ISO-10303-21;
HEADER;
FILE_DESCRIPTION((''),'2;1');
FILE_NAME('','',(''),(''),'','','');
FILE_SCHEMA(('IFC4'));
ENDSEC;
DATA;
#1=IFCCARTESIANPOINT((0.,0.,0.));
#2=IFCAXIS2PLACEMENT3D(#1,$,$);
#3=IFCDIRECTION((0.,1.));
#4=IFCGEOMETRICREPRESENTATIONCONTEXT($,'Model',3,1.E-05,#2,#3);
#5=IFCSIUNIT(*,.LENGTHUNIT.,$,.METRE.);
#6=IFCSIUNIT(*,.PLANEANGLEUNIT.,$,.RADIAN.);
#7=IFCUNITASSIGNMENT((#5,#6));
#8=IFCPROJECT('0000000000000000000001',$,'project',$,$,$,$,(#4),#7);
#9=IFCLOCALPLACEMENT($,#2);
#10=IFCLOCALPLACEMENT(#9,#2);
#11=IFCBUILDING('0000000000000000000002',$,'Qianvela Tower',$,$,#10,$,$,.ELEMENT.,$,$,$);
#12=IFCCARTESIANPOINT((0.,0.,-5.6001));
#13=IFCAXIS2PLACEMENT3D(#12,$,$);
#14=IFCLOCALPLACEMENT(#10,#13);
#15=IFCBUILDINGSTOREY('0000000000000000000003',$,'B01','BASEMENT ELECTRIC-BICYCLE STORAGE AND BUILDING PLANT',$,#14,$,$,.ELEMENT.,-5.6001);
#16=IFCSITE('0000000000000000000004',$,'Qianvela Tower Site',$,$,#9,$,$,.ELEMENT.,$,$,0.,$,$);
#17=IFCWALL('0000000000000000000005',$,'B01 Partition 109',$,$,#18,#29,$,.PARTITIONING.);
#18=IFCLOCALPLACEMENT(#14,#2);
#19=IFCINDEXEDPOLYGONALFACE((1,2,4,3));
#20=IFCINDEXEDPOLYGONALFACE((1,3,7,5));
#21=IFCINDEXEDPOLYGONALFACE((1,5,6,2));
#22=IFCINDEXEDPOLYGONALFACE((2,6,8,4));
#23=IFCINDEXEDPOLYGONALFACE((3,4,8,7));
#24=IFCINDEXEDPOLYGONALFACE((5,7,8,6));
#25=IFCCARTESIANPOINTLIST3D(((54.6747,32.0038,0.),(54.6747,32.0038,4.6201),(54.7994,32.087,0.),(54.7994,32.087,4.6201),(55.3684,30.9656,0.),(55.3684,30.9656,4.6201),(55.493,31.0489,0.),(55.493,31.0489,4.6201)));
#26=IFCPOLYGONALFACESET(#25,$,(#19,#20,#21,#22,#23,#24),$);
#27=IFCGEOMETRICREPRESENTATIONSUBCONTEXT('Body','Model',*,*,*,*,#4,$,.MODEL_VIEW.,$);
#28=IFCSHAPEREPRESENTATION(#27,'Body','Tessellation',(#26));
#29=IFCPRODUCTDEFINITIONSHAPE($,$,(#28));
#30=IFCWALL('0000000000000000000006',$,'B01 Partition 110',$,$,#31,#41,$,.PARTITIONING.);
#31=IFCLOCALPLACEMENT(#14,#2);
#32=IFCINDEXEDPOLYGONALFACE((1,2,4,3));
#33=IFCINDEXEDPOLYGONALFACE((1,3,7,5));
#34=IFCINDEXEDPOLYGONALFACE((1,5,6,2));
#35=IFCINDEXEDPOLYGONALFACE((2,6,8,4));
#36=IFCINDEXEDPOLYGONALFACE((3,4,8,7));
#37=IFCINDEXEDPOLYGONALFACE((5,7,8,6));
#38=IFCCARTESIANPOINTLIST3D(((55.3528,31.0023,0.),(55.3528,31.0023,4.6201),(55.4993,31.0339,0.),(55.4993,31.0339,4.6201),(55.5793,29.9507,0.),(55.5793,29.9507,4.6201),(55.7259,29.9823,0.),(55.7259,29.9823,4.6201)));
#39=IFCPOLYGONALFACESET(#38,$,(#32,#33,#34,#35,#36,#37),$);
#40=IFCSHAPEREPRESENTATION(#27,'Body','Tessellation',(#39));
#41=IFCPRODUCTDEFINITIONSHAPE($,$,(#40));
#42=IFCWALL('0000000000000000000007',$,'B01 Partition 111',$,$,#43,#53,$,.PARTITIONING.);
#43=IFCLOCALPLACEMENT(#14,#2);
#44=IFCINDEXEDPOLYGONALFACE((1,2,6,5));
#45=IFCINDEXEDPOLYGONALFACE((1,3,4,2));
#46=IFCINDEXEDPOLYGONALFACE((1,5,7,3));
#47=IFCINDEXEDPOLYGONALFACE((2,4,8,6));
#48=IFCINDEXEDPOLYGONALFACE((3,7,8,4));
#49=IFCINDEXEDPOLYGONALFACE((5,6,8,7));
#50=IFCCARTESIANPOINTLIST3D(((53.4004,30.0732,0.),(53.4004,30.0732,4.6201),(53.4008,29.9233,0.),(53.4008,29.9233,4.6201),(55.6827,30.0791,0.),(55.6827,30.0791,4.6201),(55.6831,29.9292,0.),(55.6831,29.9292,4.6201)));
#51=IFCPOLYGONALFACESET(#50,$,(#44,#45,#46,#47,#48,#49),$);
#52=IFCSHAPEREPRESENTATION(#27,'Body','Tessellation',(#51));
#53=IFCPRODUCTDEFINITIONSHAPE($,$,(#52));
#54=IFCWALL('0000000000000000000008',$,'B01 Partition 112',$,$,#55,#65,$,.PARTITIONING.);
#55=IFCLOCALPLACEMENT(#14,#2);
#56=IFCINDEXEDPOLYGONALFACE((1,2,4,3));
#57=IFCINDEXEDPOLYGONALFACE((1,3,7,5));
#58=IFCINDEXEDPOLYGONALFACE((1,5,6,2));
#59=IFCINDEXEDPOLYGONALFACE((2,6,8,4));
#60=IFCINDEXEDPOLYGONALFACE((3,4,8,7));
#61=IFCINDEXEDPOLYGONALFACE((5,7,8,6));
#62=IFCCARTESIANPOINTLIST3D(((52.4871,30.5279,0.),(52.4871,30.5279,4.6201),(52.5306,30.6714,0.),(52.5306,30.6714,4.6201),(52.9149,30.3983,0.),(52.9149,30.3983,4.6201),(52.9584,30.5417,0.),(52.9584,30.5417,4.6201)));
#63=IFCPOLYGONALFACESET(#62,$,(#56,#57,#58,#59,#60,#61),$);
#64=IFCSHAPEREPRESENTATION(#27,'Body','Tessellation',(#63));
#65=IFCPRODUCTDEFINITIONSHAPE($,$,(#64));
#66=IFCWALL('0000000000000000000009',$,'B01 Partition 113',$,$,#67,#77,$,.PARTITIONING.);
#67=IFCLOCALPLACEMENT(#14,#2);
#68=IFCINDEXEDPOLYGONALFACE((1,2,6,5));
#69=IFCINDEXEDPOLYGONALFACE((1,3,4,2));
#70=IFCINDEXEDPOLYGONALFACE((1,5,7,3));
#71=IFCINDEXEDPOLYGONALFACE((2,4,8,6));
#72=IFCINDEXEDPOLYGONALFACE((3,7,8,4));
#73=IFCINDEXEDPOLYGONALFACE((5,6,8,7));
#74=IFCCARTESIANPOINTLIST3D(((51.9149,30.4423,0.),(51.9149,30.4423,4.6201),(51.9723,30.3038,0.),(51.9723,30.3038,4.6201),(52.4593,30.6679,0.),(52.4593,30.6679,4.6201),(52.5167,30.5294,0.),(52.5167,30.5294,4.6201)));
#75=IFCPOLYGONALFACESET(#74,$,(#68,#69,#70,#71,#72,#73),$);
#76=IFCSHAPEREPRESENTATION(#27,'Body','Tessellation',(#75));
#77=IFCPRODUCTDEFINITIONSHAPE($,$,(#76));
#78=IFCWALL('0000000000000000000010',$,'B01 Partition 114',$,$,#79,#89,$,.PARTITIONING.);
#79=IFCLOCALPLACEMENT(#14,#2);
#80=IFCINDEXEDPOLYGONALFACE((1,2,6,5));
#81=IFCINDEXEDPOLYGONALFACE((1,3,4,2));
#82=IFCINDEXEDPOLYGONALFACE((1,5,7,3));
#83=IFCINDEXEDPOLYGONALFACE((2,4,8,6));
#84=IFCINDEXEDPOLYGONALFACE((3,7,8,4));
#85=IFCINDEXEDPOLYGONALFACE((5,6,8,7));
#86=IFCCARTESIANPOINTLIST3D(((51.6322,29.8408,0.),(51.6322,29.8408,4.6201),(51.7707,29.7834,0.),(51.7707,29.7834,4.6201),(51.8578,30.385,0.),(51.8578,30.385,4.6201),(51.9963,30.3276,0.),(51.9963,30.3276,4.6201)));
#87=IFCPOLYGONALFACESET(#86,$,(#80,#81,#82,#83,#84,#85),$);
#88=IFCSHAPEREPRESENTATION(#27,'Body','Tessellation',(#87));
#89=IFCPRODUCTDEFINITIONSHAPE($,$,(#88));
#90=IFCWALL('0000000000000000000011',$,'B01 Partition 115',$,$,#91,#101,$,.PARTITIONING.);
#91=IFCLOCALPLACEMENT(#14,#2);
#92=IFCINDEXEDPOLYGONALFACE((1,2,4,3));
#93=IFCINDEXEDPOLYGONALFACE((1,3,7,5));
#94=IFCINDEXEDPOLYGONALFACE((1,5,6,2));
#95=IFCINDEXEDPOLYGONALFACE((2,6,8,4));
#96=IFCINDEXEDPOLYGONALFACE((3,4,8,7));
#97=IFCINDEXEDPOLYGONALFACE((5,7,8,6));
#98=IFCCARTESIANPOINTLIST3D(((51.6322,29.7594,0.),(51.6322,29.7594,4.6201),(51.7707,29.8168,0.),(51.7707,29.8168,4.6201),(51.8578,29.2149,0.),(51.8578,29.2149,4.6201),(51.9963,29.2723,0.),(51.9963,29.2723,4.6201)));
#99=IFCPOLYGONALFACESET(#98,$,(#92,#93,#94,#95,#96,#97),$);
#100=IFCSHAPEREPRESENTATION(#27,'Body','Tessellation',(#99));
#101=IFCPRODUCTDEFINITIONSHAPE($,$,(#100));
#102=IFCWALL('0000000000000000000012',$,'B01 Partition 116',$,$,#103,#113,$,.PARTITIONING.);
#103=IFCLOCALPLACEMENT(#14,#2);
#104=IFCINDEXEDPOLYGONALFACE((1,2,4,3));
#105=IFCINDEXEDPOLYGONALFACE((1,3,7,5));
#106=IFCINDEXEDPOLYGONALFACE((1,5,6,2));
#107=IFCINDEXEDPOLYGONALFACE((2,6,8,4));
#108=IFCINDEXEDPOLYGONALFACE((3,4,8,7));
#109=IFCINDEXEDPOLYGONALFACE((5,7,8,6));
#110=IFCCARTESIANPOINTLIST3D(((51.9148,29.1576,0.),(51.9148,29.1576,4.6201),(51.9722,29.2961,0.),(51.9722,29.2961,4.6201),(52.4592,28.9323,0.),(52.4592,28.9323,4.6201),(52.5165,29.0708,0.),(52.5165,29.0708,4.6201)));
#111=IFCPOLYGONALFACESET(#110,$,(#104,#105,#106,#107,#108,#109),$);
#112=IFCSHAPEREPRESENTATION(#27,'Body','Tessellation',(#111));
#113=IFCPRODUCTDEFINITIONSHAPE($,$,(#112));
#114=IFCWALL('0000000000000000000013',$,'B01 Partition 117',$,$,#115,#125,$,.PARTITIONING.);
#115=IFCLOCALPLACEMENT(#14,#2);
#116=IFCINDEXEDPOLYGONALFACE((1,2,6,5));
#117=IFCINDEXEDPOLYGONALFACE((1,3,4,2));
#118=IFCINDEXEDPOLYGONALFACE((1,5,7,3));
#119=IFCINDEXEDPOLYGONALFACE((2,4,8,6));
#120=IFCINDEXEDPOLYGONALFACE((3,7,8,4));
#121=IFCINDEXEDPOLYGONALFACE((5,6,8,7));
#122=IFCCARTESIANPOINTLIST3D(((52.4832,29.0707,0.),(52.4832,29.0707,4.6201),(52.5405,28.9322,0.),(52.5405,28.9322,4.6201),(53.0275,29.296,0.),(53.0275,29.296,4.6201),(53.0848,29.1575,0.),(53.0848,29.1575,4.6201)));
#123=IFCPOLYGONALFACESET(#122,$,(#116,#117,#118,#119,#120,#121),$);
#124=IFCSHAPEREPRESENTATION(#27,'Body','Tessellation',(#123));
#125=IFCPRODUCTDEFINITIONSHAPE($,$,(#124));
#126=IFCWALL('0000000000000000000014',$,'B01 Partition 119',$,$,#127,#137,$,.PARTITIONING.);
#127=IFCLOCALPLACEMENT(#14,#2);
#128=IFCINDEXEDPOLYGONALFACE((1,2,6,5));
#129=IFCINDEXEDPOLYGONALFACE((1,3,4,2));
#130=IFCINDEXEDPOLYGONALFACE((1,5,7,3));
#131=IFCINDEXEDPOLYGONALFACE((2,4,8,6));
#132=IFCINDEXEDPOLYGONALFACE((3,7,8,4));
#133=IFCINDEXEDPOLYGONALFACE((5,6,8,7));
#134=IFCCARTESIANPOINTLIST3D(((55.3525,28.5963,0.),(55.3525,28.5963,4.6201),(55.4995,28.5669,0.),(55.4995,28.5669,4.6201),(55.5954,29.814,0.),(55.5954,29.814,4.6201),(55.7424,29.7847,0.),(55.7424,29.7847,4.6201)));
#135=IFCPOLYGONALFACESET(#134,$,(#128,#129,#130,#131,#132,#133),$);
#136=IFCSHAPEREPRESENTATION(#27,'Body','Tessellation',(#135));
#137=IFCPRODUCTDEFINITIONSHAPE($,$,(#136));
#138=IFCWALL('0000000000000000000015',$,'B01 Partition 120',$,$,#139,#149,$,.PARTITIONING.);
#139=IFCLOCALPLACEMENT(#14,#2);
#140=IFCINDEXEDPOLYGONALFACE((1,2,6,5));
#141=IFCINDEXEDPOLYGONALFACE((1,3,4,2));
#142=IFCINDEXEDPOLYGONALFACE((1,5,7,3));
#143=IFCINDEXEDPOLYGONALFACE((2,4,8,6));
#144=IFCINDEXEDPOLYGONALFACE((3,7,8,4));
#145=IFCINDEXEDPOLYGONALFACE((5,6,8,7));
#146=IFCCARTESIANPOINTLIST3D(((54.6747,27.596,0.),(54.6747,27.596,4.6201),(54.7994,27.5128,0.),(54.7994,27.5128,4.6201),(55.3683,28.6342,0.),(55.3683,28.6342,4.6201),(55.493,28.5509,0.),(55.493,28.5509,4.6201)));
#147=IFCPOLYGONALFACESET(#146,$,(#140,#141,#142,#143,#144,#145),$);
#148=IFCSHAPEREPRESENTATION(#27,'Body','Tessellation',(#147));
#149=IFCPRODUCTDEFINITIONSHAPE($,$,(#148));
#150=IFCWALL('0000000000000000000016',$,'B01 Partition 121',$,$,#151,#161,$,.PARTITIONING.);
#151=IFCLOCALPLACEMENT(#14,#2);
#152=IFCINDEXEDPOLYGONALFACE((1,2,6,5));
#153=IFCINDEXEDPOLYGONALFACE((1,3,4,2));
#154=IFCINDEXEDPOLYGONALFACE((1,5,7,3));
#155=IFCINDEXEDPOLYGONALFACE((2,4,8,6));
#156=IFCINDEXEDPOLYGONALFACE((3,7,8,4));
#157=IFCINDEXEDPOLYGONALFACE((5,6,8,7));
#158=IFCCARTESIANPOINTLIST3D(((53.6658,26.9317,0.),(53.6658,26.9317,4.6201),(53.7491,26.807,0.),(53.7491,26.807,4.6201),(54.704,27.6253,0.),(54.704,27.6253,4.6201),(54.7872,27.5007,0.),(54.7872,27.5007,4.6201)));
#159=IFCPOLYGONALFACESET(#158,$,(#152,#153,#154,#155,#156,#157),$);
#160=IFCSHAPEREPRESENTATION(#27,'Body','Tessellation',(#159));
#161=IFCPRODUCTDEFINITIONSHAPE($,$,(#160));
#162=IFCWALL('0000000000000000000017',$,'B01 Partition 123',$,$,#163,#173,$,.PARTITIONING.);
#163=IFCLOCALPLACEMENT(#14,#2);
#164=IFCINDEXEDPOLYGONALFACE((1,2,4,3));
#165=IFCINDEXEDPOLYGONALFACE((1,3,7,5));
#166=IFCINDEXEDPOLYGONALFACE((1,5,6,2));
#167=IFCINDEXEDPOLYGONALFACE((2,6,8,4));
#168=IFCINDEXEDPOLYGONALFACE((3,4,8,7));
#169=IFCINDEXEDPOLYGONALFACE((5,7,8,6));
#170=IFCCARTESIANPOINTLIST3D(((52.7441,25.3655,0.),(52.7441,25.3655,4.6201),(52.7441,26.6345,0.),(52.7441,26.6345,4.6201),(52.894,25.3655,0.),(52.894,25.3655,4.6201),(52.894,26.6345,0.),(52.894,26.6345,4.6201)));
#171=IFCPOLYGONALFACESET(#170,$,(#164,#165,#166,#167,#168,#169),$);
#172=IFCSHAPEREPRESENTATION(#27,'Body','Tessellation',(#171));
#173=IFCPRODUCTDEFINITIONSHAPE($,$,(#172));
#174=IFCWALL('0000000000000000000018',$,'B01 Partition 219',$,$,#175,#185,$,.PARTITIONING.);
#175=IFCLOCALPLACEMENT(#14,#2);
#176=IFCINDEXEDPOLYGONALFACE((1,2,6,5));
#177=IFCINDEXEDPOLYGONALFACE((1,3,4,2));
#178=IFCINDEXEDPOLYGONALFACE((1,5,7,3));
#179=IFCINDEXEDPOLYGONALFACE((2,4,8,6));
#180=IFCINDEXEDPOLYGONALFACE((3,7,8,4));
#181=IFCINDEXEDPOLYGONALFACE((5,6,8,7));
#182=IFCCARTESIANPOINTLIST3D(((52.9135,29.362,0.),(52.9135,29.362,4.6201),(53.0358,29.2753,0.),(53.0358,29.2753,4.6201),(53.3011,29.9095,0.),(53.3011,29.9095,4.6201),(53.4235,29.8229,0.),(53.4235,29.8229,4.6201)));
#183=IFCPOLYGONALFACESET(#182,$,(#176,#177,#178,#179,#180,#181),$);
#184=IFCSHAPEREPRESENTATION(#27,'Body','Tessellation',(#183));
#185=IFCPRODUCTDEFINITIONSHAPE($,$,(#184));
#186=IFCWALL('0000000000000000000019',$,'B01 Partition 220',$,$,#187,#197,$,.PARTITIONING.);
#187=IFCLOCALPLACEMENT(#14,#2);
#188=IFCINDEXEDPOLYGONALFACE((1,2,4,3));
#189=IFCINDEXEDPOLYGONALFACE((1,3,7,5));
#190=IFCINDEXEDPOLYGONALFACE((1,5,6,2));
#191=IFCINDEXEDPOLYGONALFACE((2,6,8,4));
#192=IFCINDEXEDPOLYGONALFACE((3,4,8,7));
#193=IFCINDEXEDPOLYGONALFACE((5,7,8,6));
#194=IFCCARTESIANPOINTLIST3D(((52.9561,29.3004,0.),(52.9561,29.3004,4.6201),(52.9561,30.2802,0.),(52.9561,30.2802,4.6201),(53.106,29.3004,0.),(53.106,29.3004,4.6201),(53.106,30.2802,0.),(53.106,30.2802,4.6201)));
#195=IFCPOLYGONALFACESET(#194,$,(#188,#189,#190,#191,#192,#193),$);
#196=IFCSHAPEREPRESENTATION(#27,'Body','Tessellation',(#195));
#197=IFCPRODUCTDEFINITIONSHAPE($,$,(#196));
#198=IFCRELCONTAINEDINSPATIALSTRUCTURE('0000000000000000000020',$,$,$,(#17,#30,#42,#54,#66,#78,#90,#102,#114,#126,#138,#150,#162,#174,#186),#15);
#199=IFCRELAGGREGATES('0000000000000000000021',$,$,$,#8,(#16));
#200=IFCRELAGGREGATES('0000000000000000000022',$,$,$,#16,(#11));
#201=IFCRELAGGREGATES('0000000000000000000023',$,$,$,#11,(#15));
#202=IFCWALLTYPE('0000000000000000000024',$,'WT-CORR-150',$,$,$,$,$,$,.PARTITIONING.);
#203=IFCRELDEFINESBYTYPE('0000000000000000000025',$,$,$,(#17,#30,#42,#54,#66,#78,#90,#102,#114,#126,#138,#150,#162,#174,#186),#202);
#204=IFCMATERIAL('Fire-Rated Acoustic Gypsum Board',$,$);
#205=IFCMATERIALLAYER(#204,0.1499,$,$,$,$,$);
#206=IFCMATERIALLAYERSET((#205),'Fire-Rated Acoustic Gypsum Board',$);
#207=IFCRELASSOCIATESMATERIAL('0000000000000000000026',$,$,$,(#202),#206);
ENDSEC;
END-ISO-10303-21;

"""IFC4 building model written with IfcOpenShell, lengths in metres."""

from ifc_helpers import new_model, si_unit, direction, frame, frame_2d, origin, place, context, subcontext, project, spatial, rectangle, extrude, material, layer, layer_set, type_object, element, save


model = new_model("IFC4")

# Units and contexts
model_context = context("Model", 3, precision=1e-05, world=origin(), true_north=direction((0.0, 1.0)))
body_context = subcontext(model_context, "Body", "Model", "MODEL_VIEW")
ifc_project = project(units=[si_unit("LENGTHUNIT", "METRE"), si_unit("PLANEANGLEUNIT", "RADIAN")], contexts=[model_context])

# Site, building, storey
site_placement = place(None, origin())
site = spatial("IfcSite", under=ifc_project, at=site_placement, Name="Qianvela Tower Site", CompositionType="ELEMENT", RefElevation=0.0)
building_placement = place(site_placement, origin())
building = spatial("IfcBuilding", under=site, at=building_placement, Name="Qianvela Tower", CompositionType="ELEMENT")
storey_placement = place(building_placement, frame((0.0, 0.0, -5.6001)))
storey = spatial("IfcBuildingStorey", under=building, at=storey_placement, Name="B01", Description="BASEMENT ELECTRIC-BICYCLE STORAGE AND BUILDING PLANT", CompositionType="ELEMENT", Elevation=-5.6001)

# Walls
ifc_material_1 = material(Name="Fire-Rated Acoustic Gypsum Board")
ifc_layer = layer(ifc_material_1, 0.1499)
ifc_layer_set = layer_set([ifc_layer], Name="Fire-Rated Acoustic Gypsum Board")
wall_type = type_object("IfcWallType", Name="WT-CORR-150", PredefinedType="PARTITIONING", material=ifc_layer_set)
wall_1_placement = place(storey_placement, frame((54.7371, 32.0454, 0.0), z_axis=(0.0, 0.0, 1.0), x_axis=(0.555557, -0.831478, 0.0)))
element("IfcWall", 1, at=wall_1_placement, inside=storey, type_object=wall_type, Name="B01 Partition 109", PredefinedType="PARTITIONING", context=body_context, shape_type="SweptSolid", body=[
    extrude(rectangle(XDim=1.2485, YDim=0.1499, at=frame_2d((0.6243, 0.0))), origin(), (0.0, 0.0, 1.0), 4.6201),
])
wall_2_placement = place(storey_placement, frame((55.426, 31.0181, 0.0), z_axis=(0.0, 0.0, 1.0), x_axis=(0.210629, -0.977566, 0.0)))
element("IfcWall", 2, at=wall_2_placement, inside=storey, type_object=wall_type, Name="B01 Partition 110", PredefinedType="PARTITIONING", context=body_context, shape_type="SweptSolid", body=[
    extrude(rectangle(XDim=1.0757, YDim=0.1499, at=frame_2d((0.5378, 0.0))), origin(), (0.0, 0.0, 1.0), 4.6201),
])
wall_3_placement = place(storey_placement, frame((55.6829, 30.0042, 0.0), z_axis=(0.0, 0.0, 1.0), x_axis=(-0.999997, -0.002567, 0.0)))
element("IfcWall", 3, at=wall_3_placement, inside=storey, type_object=wall_type, Name="B01 Partition 111", PredefinedType="PARTITIONING", context=body_context, shape_type="SweptSolid", body=[
    extrude(rectangle(XDim=2.2822, YDim=0.1499, at=frame_2d((1.1411, 0.0))), origin(), (0.0, 0.0, 1.0), 4.6201),
])
wall_4_placement = place(storey_placement, frame((52.9368, 30.47, 0.0), z_axis=(0.0, 0.0, 1.0), x_axis=(-0.957011, 0.290053, 0.0)))
element("IfcWall", 4, at=wall_4_placement, inside=storey, type_object=wall_type, Name="B01 Partition 112", PredefinedType="PARTITIONING", context=body_context, shape_type="SweptSolid", body=[
    extrude(rectangle(XDim=0.447, YDim=0.1499, at=frame_2d((0.2236, 0.0))), origin(), (0.0, 0.0, 1.0), 4.6201),
])
wall_5_placement = place(storey_placement, frame((52.488, 30.5986, 0.0), z_axis=(0.0, 0.0, 1.0), x_axis=(-0.923835, -0.382791, 0.0)))
element("IfcWall", 5, at=wall_5_placement, inside=storey, type_object=wall_type, Name="B01 Partition 113", PredefinedType="PARTITIONING", context=body_context, shape_type="SweptSolid", body=[
    extrude(rectangle(XDim=0.5894, YDim=0.1499, at=frame_2d((0.2947, 0.0))), origin(), (0.0, 0.0, 1.0), 4.6201),
])
wall_6_placement = place(storey_placement, frame((51.927, 30.3562, 0.0), z_axis=(0.0, 0.0, 1.0), x_axis=(-0.382937, -0.923774, 0.0)))
element("IfcWall", 6, at=wall_6_placement, inside=storey, type_object=wall_type, Name="B01 Partition 114", PredefinedType="PARTITIONING", context=body_context, shape_type="SweptSolid", body=[
    extrude(rectangle(XDim=0.5891, YDim=0.1499, at=frame_2d((0.2944, 0.0))), origin(), (0.0, 0.0, 1.0), 4.6201),
])
wall_7_placement = place(storey_placement, frame((51.7014, 29.7881, 0.0), z_axis=(0.0, 0.0, 1.0), x_axis=(0.382791, -0.923835, 0.0)))
element("IfcWall", 7, at=wall_7_placement, inside=storey, type_object=wall_type, Name="B01 Partition 115", PredefinedType="PARTITIONING", context=body_context, shape_type="SweptSolid", body=[
    extrude(rectangle(XDim=0.5894, YDim=0.1499, at=frame_2d((0.2947, 0.0))), origin(), (0.0, 0.0, 1.0), 4.6201),
])
for number, where, z_axis, x_axis, name in (
    (8, (51.9436, 29.2268, 0.0), (0.0, 0.0, 1.0), (0.923981, -0.382437, 0.0), "B01 Partition 116"),
    (9, (52.512, 29.0015, 0.0), (0.0, 0.0, 1.0), (0.923981, 0.382437, 0.0), "B01 Partition 117"),
):
    element("IfcWall", number, at=place(storey_placement, frame(where, z_axis=z_axis, x_axis=x_axis)), inside=storey, type_object=wall_type, Name=name, PredefinedType="PARTITIONING", context=body_context, shape_type="SweptSolid", body=[
        extrude(rectangle(XDim=0.5891, YDim=0.1499, at=frame_2d((0.2944, 0.0))), origin(), (0.0, 0.0, 1.0), 4.6201),
    ])
wall_8_placement = place(storey_placement, frame((55.6689, 29.7993, 0.0), z_axis=(0.0, 0.0, 1.0), x_axis=(-0.195625, -0.980679, 0.0)))
element("IfcWall", 10, at=wall_8_placement, inside=storey, type_object=wall_type, Name="B01 Partition 119", PredefinedType="PARTITIONING", context=body_context, shape_type="SweptSolid", body=[
    extrude(rectangle(XDim=1.2417, YDim=0.1499, at=frame_2d((0.6208, 0.0))), origin(), (0.0, 0.0, 1.0), 4.6201),
])
for number, where, z_axis, x_axis, name in (
    (11, (55.4307, 28.5925, 0.0), (0.0, 0.0, 1.0), (-0.555557, -0.831478, 0.0), "B01 Partition 120"),
    (12, (54.7456, 27.563, 0.0), (0.0, 0.0, 1.0), (-0.831478, -0.555557, 0.0), "B01 Partition 121"),
):
    element("IfcWall", number, at=place(storey_placement, frame(where, z_axis=z_axis, x_axis=x_axis)), inside=storey, type_object=wall_type, Name=name, PredefinedType="PARTITIONING", context=body_context, shape_type="SweptSolid", body=[
        extrude(rectangle(XDim=1.2485, YDim=0.1499, at=frame_2d((0.6243, 0.0))), origin(), (0.0, 0.0, 1.0), 4.6201),
    ])
wall_9_placement = place(storey_placement, frame((52.8191, 26.6345, 0.0), z_axis=(0.0, 0.0, 1.0), x_axis=(0.0, -1.0, 0.0)))
element("IfcWall", 13, at=wall_9_placement, inside=storey, type_object=wall_type, Name="B01 Partition 123", PredefinedType="PARTITIONING", context=body_context, shape_type="SweptSolid", body=[
    extrude(rectangle(XDim=1.269, YDim=0.1499, at=frame_2d((0.6345, 0.0))), origin(), (0.0, 0.0, 1.0), 4.6201),
])
wall_10_placement = place(storey_placement, frame((53.3623, 29.8662, 0.0), z_axis=(0.0, 0.0, 1.0), x_axis=(-0.577826, -0.81616, 0.0)))
element("IfcWall", 14, at=wall_10_placement, inside=storey, type_object=wall_type, Name="B01 Partition 219", PredefinedType="PARTITIONING", context=body_context, shape_type="SweptSolid", body=[
    extrude(rectangle(XDim=0.6709, YDim=0.1499, at=frame_2d((0.3354, 0.0))), origin(), (0.0, 0.0, 1.0), 4.6201),
])
wall_11_placement = place(storey_placement, frame((53.031, 29.3005, 0.0), z_axis=(0.0, 0.0, 1.0), x_axis=(0.0, 1.0, 0.0)))
element("IfcWall", 15, at=wall_11_placement, inside=storey, type_object=wall_type, Name="B01 Partition 220", PredefinedType="PARTITIONING", context=body_context, shape_type="SweptSolid", body=[
    extrude(rectangle(XDim=0.9797, YDim=0.1499, at=frame_2d((0.4897, 0.0))), origin(), (0.0, 0.0, 1.0), 4.6201),
])

save(model, "model.ifc")
